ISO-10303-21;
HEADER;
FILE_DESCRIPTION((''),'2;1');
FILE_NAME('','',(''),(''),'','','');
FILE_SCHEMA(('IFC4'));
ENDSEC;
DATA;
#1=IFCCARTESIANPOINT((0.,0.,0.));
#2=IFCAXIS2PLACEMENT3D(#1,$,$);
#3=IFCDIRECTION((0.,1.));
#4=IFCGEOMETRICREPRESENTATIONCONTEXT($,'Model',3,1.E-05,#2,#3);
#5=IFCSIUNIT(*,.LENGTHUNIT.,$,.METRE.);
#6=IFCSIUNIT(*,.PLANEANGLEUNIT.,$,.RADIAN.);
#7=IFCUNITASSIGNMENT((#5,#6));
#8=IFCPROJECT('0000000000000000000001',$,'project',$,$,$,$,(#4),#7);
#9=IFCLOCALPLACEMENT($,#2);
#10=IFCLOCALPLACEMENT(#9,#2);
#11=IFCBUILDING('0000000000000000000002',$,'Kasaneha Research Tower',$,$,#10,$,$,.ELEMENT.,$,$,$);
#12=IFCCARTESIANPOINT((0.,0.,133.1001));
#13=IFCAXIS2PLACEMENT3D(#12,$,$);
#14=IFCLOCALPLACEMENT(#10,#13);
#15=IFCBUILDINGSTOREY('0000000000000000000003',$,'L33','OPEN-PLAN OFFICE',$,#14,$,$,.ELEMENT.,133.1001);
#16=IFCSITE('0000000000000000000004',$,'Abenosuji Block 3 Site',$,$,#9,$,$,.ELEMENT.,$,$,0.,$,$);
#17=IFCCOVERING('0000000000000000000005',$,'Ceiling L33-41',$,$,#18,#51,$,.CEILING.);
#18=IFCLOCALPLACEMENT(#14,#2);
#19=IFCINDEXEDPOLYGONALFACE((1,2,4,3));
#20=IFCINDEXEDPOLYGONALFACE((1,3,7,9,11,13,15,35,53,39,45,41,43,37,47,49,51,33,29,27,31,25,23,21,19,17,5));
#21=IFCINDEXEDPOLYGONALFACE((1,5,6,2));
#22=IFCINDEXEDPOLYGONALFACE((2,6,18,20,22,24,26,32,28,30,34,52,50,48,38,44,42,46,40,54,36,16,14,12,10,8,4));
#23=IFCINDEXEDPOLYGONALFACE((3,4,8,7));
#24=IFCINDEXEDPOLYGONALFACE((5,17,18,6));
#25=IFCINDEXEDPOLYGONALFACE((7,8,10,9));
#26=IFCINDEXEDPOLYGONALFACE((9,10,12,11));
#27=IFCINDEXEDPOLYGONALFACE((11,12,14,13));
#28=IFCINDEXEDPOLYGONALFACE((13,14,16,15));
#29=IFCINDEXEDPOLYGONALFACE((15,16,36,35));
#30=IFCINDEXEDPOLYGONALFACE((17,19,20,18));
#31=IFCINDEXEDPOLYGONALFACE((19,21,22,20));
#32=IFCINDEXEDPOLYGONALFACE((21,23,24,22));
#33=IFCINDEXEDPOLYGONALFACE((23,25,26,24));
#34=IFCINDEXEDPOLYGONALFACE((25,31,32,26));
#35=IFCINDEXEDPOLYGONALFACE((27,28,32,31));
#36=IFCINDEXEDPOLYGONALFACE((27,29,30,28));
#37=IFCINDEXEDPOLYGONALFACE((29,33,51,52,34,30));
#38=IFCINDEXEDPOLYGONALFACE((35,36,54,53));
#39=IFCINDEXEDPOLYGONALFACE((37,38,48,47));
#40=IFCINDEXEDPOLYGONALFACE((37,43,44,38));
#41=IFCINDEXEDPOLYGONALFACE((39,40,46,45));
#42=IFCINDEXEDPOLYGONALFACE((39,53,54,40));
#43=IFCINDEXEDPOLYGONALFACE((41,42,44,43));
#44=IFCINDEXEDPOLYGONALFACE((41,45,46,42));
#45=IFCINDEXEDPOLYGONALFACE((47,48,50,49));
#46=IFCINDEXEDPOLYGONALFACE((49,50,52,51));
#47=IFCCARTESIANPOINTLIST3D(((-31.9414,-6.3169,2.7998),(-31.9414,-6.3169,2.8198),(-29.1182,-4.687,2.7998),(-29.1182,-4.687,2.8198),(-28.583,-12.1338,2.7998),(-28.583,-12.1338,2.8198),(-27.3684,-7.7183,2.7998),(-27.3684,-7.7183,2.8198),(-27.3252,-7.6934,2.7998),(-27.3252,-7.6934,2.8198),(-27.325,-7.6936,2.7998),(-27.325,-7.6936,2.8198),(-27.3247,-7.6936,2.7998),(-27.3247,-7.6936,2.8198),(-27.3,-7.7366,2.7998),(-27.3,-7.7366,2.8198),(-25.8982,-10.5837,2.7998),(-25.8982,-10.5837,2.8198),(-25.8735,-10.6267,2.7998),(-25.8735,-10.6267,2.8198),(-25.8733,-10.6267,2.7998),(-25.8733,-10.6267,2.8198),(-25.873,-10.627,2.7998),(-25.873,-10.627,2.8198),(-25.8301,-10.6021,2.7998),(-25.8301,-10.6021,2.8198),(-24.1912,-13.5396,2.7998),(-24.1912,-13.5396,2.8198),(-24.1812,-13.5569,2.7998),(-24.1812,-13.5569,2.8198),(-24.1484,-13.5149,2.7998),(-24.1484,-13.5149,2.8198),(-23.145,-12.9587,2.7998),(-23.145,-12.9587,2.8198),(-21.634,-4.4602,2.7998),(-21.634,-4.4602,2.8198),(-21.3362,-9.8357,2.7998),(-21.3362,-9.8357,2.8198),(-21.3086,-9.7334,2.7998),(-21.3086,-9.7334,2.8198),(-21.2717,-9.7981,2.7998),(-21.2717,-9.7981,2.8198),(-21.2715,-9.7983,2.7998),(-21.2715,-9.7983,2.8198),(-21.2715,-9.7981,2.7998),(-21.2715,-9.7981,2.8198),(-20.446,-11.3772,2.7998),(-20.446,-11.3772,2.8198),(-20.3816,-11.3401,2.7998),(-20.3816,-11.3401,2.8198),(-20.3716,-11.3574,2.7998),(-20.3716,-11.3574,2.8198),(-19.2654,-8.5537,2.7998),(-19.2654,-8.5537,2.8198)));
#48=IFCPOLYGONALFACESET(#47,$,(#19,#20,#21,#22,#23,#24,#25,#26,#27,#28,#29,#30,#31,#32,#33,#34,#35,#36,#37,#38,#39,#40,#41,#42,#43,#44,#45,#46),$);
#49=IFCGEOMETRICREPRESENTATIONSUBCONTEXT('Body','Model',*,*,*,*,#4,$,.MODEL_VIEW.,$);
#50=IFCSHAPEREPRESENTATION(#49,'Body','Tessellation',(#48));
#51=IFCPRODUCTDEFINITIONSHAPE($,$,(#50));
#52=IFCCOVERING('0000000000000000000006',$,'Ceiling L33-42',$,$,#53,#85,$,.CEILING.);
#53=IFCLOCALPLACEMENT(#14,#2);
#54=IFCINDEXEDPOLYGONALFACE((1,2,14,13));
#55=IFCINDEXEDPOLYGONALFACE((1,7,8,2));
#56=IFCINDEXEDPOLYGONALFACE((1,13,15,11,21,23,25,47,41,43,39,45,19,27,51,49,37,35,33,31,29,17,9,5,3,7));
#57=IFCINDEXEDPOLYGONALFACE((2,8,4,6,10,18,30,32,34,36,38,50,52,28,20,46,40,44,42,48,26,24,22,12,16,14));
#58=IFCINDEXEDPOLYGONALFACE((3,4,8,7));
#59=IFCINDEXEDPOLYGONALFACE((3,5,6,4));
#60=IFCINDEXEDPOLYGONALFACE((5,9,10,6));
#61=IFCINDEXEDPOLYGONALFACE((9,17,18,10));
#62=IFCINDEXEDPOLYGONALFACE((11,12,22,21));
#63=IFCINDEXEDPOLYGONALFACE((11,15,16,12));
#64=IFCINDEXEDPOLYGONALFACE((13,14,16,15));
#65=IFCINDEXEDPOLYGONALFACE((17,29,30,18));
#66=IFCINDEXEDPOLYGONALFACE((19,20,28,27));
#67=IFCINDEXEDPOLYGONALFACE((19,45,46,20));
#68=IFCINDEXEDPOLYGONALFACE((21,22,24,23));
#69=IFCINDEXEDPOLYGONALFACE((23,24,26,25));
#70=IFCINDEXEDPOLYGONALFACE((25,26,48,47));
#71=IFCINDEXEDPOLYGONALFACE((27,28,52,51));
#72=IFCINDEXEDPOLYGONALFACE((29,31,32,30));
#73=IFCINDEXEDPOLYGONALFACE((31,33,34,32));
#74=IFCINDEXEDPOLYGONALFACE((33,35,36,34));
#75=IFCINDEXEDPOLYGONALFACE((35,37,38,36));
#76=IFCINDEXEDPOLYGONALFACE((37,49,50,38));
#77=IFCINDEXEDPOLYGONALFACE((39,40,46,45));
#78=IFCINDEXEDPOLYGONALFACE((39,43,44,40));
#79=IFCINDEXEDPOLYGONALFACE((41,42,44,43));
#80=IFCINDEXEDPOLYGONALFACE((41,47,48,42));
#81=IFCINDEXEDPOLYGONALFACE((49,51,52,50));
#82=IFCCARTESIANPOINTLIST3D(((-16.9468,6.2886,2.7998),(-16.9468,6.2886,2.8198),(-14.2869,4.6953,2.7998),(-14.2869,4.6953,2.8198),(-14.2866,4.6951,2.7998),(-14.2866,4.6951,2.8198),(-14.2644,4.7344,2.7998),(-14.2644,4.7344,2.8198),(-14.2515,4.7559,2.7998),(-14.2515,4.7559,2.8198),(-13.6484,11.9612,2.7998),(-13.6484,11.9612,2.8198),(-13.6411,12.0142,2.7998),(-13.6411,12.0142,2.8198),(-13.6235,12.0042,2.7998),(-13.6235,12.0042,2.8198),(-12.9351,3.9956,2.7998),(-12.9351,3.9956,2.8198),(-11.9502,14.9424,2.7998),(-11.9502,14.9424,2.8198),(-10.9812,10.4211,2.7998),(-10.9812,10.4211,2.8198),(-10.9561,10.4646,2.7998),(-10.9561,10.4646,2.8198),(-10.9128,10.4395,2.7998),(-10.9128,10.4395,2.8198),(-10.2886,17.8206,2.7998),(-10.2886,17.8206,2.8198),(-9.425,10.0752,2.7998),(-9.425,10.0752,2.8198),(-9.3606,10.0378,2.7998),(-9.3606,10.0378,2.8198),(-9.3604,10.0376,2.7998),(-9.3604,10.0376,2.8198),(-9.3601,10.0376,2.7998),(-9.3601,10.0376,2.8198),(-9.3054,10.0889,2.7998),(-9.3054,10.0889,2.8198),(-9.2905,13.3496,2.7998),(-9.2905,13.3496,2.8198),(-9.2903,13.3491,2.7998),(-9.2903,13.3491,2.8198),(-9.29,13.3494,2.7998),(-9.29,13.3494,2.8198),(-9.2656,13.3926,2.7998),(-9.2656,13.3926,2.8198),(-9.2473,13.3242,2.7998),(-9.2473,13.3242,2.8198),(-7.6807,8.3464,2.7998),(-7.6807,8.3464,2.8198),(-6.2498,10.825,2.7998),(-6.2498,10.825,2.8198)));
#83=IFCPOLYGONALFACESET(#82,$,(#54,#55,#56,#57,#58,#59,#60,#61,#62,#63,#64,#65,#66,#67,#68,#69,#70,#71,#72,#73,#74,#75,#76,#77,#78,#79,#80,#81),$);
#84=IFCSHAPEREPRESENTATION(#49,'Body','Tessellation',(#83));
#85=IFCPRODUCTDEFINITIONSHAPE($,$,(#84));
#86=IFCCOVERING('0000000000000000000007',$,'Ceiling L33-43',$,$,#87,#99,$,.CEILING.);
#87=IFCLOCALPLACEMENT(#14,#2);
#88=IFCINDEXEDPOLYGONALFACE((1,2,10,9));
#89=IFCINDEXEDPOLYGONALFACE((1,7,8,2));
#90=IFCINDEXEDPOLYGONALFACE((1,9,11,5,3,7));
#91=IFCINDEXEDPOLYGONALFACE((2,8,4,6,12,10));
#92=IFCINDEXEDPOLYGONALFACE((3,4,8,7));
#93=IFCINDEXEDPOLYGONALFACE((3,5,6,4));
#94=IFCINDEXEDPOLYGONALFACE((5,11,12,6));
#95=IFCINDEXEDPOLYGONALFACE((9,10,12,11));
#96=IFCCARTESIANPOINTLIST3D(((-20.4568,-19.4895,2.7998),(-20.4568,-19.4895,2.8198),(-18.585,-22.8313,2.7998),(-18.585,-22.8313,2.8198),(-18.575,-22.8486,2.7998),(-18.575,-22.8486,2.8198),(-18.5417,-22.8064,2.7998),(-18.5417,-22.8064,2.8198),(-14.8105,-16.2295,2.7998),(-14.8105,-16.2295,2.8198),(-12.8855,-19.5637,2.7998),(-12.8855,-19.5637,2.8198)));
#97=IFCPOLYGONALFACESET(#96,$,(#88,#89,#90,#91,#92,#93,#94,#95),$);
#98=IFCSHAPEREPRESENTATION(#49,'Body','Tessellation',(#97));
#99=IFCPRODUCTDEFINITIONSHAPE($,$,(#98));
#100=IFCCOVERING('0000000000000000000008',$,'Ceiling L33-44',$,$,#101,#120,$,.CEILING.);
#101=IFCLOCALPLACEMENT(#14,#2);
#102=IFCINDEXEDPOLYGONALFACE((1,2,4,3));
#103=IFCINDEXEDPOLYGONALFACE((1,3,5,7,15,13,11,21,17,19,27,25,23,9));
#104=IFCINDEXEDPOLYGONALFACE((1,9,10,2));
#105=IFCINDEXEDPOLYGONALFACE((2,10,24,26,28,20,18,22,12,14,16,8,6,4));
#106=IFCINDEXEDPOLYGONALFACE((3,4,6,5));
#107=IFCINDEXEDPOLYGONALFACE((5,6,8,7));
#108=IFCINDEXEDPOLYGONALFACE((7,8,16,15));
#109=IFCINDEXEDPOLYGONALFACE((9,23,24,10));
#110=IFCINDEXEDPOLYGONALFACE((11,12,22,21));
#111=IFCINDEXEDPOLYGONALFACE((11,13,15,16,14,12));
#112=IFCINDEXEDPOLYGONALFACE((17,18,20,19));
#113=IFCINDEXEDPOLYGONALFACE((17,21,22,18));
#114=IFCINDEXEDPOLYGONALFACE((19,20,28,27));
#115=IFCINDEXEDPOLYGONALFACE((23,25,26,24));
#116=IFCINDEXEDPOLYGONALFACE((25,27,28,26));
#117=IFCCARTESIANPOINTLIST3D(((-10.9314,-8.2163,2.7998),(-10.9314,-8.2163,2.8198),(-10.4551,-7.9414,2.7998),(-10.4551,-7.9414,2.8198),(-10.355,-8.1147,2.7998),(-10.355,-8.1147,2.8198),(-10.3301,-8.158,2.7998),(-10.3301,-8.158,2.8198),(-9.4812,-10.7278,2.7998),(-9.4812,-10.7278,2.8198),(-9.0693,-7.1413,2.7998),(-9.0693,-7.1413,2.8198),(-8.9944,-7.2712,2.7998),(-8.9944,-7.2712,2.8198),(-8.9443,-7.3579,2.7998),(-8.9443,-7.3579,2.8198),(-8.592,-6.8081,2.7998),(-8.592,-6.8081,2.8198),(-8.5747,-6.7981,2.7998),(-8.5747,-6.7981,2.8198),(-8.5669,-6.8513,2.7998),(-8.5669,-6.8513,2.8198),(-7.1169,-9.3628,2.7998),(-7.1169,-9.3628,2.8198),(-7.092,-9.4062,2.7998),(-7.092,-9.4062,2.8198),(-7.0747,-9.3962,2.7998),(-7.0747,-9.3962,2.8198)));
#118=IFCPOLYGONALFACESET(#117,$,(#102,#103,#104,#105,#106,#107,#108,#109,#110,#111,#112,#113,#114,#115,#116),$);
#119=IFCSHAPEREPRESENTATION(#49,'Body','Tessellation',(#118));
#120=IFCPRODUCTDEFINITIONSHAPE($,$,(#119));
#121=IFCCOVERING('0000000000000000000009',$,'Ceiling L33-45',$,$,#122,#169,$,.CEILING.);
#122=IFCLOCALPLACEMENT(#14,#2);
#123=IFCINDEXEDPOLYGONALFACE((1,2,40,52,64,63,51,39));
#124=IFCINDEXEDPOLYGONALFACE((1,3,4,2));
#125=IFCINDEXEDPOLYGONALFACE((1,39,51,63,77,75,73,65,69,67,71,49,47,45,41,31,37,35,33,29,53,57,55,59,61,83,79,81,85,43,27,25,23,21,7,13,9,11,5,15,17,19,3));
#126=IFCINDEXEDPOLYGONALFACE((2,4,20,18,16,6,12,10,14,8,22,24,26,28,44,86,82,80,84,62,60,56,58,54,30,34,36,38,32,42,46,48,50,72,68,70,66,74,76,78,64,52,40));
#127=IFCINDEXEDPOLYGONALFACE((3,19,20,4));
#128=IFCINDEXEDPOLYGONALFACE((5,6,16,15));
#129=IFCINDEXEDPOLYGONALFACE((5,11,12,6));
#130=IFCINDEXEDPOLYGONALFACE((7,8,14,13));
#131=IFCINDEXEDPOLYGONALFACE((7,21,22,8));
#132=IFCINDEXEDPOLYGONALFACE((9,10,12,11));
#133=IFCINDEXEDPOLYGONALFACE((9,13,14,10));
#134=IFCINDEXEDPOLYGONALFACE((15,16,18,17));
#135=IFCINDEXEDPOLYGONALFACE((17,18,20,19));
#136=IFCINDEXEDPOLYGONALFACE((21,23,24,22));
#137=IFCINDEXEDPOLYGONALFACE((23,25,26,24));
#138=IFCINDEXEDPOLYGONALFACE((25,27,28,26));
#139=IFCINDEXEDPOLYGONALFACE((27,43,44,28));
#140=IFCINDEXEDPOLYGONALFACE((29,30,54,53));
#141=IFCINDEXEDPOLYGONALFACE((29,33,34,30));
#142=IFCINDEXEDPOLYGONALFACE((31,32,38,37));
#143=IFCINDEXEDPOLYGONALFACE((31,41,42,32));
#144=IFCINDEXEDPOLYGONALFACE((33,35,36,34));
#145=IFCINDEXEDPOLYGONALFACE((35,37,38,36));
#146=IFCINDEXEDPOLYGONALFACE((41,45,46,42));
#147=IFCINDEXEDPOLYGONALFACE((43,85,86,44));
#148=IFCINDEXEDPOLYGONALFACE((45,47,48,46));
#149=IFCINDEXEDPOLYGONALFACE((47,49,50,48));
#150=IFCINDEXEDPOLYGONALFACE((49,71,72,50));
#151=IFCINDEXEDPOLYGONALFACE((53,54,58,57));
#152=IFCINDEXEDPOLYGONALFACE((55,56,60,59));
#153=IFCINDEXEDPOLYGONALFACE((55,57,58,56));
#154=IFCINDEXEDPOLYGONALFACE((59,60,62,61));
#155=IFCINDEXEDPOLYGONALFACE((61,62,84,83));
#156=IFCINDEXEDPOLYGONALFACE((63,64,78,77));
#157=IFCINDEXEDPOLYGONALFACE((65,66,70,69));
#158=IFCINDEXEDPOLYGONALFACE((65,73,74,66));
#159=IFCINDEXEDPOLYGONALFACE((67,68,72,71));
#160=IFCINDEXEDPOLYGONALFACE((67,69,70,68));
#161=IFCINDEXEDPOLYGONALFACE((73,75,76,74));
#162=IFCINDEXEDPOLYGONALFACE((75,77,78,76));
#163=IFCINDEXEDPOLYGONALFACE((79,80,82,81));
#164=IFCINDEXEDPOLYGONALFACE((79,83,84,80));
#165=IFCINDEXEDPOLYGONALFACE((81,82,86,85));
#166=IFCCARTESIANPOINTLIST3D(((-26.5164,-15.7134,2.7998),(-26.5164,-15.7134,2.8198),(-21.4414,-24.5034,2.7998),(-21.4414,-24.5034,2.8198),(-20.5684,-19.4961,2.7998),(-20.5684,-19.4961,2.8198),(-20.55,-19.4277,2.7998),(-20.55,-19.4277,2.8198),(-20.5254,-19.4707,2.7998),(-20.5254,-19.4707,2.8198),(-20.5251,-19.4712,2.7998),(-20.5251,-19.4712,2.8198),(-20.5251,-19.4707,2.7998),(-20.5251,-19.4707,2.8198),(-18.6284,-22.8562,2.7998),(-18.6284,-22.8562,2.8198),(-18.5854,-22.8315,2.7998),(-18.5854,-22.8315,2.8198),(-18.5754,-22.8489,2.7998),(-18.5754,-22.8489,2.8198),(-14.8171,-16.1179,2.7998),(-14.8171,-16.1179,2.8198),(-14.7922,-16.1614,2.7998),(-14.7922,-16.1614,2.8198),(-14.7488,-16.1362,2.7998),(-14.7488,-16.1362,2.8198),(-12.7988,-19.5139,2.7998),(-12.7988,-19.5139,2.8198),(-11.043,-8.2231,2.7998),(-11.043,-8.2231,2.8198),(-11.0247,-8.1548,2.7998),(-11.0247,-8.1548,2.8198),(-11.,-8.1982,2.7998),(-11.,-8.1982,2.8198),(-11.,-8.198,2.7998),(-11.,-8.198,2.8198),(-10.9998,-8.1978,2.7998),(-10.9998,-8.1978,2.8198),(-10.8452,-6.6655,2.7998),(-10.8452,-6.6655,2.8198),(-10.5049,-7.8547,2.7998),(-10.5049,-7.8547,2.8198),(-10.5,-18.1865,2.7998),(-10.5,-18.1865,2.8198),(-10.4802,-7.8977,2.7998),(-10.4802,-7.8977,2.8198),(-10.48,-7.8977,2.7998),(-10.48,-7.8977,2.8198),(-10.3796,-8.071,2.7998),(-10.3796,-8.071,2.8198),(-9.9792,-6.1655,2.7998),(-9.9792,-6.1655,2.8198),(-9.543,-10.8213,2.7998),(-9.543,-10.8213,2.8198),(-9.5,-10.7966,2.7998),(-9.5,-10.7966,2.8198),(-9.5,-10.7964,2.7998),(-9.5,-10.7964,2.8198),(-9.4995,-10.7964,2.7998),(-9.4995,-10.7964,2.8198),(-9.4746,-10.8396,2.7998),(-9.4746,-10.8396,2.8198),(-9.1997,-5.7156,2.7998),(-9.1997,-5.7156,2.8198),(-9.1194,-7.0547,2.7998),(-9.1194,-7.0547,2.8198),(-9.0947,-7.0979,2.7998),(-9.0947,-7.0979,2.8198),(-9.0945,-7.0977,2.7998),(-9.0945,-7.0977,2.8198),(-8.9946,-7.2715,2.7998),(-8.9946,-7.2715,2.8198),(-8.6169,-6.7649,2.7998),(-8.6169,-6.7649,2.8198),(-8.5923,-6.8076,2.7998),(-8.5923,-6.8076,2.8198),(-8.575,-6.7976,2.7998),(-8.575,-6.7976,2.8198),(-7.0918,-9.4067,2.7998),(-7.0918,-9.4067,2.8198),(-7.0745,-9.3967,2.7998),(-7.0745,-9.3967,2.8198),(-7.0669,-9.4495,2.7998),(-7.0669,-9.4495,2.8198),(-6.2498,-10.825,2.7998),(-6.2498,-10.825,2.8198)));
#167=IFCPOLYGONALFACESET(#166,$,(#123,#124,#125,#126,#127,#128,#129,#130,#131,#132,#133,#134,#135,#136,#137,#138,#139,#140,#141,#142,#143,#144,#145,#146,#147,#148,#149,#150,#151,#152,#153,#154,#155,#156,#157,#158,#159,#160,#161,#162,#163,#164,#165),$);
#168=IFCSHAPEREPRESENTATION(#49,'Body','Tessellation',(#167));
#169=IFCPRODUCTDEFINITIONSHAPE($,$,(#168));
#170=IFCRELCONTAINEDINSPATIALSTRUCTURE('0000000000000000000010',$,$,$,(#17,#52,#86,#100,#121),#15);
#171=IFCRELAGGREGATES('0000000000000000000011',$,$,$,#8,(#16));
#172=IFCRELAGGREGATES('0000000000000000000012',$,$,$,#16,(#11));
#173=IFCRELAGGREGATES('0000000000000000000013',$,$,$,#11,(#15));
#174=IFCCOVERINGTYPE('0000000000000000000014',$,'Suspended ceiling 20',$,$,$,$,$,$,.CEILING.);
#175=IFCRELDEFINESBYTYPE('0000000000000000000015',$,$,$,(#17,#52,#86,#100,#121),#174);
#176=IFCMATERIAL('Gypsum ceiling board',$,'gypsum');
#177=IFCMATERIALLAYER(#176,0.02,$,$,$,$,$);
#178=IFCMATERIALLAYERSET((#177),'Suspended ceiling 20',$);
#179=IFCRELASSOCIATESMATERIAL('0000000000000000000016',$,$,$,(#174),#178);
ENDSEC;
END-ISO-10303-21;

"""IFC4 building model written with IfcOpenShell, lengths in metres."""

from ifc_helpers import new_model, si_unit, direction, frame, origin, place, context, subcontext, project, spatial, polyline, outline, extrude, material, layer, layer_set, type_object, element, save


model = new_model("IFC4")

# Units and contexts
model_context = context("Model", 3, precision=1e-05, world=origin(), true_north=direction((0.0, 1.0)))
body_context = subcontext(model_context, "Body", "Model", "MODEL_VIEW")
ifc_project = project(units=[si_unit("LENGTHUNIT", "METRE"), si_unit("PLANEANGLEUNIT", "RADIAN")], contexts=[model_context])

# Site, building, storey
site_placement = place(None, origin())
site = spatial("IfcSite", under=ifc_project, at=site_placement, Name="Abenosuji Block 3 Site", CompositionType="ELEMENT", RefElevation=0.0)
building_placement = place(site_placement, origin())
building = spatial("IfcBuilding", under=site, at=building_placement, Name="Kasaneha Research Tower", CompositionType="ELEMENT")
storey_placement = place(building_placement, frame((0.0, 0.0, 133.1001)))
storey = spatial("IfcBuildingStorey", under=building, at=storey_placement, Name="L33", Description="OPEN-PLAN OFFICE", CompositionType="ELEMENT", Elevation=133.1001)

# Coverings
ifc_material_1 = material(Name="Gypsum ceiling board", Category="gypsum")
ifc_layer_1 = layer(ifc_material_1, 0.02)
ifc_layer_set_1 = layer_set([ifc_layer_1], Name="Suspended ceiling 20")
covering_type_1 = type_object("IfcCoveringType", Name="Suspended ceiling 20", PredefinedType="CEILING", material=ifc_layer_set_1)
covering_1_placement = place(storey_placement, frame((0.0, 0.0, 2.7998)))
element("IfcCovering", 1, at=covering_1_placement, inside=storey, type_object=covering_type_1, Name="Ceiling L33-41", PredefinedType="CEILING", context=body_context, shape_type="SweptSolid", body=[
    extrude(outline(polyline([(-21.2715, -9.7983), (-21.3362, -9.8357), (-20.446, -11.3772), (-20.3816, -11.3401), (-20.3716, -11.3574), (-23.145, -12.9587), (-24.1812, -13.5569), (-24.1912, -13.5396), (-24.1484, -13.5149), (-25.8301, -10.6021), (-25.873, -10.627), (-25.8733, -10.6267), (-25.8735, -10.6267), (-25.8982, -10.5837), (-28.583, -12.1338), (-31.9414, -6.3169), (-29.1182, -4.687), (-27.3684, -7.7183), (-27.3252, -7.6934), (-27.325, -7.6936), (-27.3247, -7.6936), (-27.3, -7.7366), (-21.634, -4.4602), (-19.2654, -8.5537), (-21.3086, -9.7334), (-21.2715, -9.7981), (-21.2717, -9.7981), (-21.2715, -9.7983)])), origin(), (0.0, 0.0, 1.0), 0.02),
])
covering_2_placement = place(storey_placement, frame((0.0, 0.0, 2.7998)))
element("IfcCovering", 2, at=covering_2_placement, inside=storey, type_object=covering_type_1, Name="Ceiling L33-42", PredefinedType="CEILING", context=body_context, shape_type="SweptSolid", body=[
    extrude(outline(polyline([(-9.3606, 10.0378), (-9.3606, 10.0378), (-9.425, 10.0752), (-12.9351, 3.9956), (-14.2515, 4.7559), (-14.2866, 4.6951), (-14.2869, 4.6953), (-14.2644, 4.7344), (-16.9468, 6.2886), (-13.6411, 12.0142), (-13.6235, 12.0042), (-13.6484, 11.9612), (-10.9812, 10.4211), (-10.9561, 10.4646), (-10.9128, 10.4395), (-9.2473, 13.3242), (-9.2903, 13.3491), (-9.29, 13.3494), (-9.2905, 13.3496), (-9.2656, 13.3926), (-11.9502, 14.9424), (-10.2886, 17.8206), (-6.2498, 10.825), (-7.6807, 8.3464), (-9.3054, 10.0889), (-9.3601, 10.0376), (-9.3604, 10.0376), (-9.3606, 10.0378)])), origin(), (0.0, 0.0, 1.0), 0.02),
])
covering_3_placement = place(storey_placement, frame((0.0, 0.0, 2.7998)))
element("IfcCovering", 3, at=covering_3_placement, inside=storey, type_object=covering_type_1, Name="Ceiling L33-43", PredefinedType="CEILING", context=body_context, shape_type="SweptSolid", body=[
    extrude(outline(polyline([(-18.575, -22.8486), (-18.585, -22.8313), (-18.5417, -22.8064), (-20.4568, -19.4895), (-14.8105, -16.2295), (-12.8855, -19.5637), (-18.575, -22.8486)])), origin(), (0.0, 0.0, 1.0), 0.02),
])
covering_4_placement = place(storey_placement, frame((0.0, 0.0, 2.7998)))
element("IfcCovering", 4, at=covering_4_placement, inside=storey, type_object=covering_type_1, Name="Ceiling L33-44", PredefinedType="CEILING", context=body_context, shape_type="SweptSolid", body=[
    extrude(outline(polyline([(-10.355, -8.1147), (-10.355, -8.1147), (-10.3301, -8.158), (-8.9443, -7.3579), (-8.9944, -7.2712), (-8.9944, -7.2712), (-9.0942, -7.0981), (-9.0942, -7.0981), (-9.0693, -7.1414), (-8.5669, -6.8513), (-8.592, -6.8081), (-8.5747, -6.7981), (-7.0747, -9.3962), (-7.092, -9.4062), (-7.1169, -9.3628), (-9.4812, -10.7278), (-10.9314, -8.2163), (-10.4551, -7.9414), (-10.355, -8.1147)])), origin(), (0.0, 0.0, 1.0), 0.02),
])
covering_5_placement = place(storey_placement, frame((0.0, 0.0, 2.7998)))
element("IfcCovering", 5, at=covering_5_placement, inside=storey, type_object=covering_type_1, Name="Ceiling L33-45", PredefinedType="CEILING", context=body_context, shape_type="SweptSolid", body=[
    extrude(outline(polyline([(-9.9792, -6.1655), (-9.9792, -6.1655), (-9.1997, -5.7156), (-8.575, -6.7976), (-8.5923, -6.8076), (-8.6169, -6.7649), (-9.1194, -7.0547), (-9.0945, -7.0977), (-9.0947, -7.0979), (-8.9946, -7.2715), (-10.3796, -8.071), (-10.48, -7.8977), (-10.4802, -7.8977), (-10.5049, -7.8547), (-11.0247, -8.1548), (-10.9998, -8.1978), (-11.0, -8.198), (-11.0, -8.1982), (-11.043, -8.2231), (-9.543, -10.8213), (-9.5, -10.7964), (-9.5, -10.7966), (-9.4995, -10.7964), (-9.4746, -10.8396), (-7.0669, -9.4495), (-7.0918, -9.4067), (-7.0745, -9.3967), (-6.2498, -10.825), (-10.5, -18.1865), (-12.7988, -19.5139), (-14.7488, -16.1362), (-14.7922, -16.1614), (-14.8171, -16.1179), (-20.55, -19.4277), (-20.5251, -19.4707), (-20.5254, -19.4707), (-20.5251, -19.4712), (-20.5684, -19.4961), (-18.6284, -22.8562), (-18.5854, -22.8315), (-18.5754, -22.8489), (-21.4414, -24.5034), (-26.5164, -15.7134), (-10.8452, -6.6655), (-10.8452, -6.6655), (-9.9792, -6.1655)])), origin(), (0.0, 0.0, 1.0), 0.02),
])

save(model, "model.ifc")
